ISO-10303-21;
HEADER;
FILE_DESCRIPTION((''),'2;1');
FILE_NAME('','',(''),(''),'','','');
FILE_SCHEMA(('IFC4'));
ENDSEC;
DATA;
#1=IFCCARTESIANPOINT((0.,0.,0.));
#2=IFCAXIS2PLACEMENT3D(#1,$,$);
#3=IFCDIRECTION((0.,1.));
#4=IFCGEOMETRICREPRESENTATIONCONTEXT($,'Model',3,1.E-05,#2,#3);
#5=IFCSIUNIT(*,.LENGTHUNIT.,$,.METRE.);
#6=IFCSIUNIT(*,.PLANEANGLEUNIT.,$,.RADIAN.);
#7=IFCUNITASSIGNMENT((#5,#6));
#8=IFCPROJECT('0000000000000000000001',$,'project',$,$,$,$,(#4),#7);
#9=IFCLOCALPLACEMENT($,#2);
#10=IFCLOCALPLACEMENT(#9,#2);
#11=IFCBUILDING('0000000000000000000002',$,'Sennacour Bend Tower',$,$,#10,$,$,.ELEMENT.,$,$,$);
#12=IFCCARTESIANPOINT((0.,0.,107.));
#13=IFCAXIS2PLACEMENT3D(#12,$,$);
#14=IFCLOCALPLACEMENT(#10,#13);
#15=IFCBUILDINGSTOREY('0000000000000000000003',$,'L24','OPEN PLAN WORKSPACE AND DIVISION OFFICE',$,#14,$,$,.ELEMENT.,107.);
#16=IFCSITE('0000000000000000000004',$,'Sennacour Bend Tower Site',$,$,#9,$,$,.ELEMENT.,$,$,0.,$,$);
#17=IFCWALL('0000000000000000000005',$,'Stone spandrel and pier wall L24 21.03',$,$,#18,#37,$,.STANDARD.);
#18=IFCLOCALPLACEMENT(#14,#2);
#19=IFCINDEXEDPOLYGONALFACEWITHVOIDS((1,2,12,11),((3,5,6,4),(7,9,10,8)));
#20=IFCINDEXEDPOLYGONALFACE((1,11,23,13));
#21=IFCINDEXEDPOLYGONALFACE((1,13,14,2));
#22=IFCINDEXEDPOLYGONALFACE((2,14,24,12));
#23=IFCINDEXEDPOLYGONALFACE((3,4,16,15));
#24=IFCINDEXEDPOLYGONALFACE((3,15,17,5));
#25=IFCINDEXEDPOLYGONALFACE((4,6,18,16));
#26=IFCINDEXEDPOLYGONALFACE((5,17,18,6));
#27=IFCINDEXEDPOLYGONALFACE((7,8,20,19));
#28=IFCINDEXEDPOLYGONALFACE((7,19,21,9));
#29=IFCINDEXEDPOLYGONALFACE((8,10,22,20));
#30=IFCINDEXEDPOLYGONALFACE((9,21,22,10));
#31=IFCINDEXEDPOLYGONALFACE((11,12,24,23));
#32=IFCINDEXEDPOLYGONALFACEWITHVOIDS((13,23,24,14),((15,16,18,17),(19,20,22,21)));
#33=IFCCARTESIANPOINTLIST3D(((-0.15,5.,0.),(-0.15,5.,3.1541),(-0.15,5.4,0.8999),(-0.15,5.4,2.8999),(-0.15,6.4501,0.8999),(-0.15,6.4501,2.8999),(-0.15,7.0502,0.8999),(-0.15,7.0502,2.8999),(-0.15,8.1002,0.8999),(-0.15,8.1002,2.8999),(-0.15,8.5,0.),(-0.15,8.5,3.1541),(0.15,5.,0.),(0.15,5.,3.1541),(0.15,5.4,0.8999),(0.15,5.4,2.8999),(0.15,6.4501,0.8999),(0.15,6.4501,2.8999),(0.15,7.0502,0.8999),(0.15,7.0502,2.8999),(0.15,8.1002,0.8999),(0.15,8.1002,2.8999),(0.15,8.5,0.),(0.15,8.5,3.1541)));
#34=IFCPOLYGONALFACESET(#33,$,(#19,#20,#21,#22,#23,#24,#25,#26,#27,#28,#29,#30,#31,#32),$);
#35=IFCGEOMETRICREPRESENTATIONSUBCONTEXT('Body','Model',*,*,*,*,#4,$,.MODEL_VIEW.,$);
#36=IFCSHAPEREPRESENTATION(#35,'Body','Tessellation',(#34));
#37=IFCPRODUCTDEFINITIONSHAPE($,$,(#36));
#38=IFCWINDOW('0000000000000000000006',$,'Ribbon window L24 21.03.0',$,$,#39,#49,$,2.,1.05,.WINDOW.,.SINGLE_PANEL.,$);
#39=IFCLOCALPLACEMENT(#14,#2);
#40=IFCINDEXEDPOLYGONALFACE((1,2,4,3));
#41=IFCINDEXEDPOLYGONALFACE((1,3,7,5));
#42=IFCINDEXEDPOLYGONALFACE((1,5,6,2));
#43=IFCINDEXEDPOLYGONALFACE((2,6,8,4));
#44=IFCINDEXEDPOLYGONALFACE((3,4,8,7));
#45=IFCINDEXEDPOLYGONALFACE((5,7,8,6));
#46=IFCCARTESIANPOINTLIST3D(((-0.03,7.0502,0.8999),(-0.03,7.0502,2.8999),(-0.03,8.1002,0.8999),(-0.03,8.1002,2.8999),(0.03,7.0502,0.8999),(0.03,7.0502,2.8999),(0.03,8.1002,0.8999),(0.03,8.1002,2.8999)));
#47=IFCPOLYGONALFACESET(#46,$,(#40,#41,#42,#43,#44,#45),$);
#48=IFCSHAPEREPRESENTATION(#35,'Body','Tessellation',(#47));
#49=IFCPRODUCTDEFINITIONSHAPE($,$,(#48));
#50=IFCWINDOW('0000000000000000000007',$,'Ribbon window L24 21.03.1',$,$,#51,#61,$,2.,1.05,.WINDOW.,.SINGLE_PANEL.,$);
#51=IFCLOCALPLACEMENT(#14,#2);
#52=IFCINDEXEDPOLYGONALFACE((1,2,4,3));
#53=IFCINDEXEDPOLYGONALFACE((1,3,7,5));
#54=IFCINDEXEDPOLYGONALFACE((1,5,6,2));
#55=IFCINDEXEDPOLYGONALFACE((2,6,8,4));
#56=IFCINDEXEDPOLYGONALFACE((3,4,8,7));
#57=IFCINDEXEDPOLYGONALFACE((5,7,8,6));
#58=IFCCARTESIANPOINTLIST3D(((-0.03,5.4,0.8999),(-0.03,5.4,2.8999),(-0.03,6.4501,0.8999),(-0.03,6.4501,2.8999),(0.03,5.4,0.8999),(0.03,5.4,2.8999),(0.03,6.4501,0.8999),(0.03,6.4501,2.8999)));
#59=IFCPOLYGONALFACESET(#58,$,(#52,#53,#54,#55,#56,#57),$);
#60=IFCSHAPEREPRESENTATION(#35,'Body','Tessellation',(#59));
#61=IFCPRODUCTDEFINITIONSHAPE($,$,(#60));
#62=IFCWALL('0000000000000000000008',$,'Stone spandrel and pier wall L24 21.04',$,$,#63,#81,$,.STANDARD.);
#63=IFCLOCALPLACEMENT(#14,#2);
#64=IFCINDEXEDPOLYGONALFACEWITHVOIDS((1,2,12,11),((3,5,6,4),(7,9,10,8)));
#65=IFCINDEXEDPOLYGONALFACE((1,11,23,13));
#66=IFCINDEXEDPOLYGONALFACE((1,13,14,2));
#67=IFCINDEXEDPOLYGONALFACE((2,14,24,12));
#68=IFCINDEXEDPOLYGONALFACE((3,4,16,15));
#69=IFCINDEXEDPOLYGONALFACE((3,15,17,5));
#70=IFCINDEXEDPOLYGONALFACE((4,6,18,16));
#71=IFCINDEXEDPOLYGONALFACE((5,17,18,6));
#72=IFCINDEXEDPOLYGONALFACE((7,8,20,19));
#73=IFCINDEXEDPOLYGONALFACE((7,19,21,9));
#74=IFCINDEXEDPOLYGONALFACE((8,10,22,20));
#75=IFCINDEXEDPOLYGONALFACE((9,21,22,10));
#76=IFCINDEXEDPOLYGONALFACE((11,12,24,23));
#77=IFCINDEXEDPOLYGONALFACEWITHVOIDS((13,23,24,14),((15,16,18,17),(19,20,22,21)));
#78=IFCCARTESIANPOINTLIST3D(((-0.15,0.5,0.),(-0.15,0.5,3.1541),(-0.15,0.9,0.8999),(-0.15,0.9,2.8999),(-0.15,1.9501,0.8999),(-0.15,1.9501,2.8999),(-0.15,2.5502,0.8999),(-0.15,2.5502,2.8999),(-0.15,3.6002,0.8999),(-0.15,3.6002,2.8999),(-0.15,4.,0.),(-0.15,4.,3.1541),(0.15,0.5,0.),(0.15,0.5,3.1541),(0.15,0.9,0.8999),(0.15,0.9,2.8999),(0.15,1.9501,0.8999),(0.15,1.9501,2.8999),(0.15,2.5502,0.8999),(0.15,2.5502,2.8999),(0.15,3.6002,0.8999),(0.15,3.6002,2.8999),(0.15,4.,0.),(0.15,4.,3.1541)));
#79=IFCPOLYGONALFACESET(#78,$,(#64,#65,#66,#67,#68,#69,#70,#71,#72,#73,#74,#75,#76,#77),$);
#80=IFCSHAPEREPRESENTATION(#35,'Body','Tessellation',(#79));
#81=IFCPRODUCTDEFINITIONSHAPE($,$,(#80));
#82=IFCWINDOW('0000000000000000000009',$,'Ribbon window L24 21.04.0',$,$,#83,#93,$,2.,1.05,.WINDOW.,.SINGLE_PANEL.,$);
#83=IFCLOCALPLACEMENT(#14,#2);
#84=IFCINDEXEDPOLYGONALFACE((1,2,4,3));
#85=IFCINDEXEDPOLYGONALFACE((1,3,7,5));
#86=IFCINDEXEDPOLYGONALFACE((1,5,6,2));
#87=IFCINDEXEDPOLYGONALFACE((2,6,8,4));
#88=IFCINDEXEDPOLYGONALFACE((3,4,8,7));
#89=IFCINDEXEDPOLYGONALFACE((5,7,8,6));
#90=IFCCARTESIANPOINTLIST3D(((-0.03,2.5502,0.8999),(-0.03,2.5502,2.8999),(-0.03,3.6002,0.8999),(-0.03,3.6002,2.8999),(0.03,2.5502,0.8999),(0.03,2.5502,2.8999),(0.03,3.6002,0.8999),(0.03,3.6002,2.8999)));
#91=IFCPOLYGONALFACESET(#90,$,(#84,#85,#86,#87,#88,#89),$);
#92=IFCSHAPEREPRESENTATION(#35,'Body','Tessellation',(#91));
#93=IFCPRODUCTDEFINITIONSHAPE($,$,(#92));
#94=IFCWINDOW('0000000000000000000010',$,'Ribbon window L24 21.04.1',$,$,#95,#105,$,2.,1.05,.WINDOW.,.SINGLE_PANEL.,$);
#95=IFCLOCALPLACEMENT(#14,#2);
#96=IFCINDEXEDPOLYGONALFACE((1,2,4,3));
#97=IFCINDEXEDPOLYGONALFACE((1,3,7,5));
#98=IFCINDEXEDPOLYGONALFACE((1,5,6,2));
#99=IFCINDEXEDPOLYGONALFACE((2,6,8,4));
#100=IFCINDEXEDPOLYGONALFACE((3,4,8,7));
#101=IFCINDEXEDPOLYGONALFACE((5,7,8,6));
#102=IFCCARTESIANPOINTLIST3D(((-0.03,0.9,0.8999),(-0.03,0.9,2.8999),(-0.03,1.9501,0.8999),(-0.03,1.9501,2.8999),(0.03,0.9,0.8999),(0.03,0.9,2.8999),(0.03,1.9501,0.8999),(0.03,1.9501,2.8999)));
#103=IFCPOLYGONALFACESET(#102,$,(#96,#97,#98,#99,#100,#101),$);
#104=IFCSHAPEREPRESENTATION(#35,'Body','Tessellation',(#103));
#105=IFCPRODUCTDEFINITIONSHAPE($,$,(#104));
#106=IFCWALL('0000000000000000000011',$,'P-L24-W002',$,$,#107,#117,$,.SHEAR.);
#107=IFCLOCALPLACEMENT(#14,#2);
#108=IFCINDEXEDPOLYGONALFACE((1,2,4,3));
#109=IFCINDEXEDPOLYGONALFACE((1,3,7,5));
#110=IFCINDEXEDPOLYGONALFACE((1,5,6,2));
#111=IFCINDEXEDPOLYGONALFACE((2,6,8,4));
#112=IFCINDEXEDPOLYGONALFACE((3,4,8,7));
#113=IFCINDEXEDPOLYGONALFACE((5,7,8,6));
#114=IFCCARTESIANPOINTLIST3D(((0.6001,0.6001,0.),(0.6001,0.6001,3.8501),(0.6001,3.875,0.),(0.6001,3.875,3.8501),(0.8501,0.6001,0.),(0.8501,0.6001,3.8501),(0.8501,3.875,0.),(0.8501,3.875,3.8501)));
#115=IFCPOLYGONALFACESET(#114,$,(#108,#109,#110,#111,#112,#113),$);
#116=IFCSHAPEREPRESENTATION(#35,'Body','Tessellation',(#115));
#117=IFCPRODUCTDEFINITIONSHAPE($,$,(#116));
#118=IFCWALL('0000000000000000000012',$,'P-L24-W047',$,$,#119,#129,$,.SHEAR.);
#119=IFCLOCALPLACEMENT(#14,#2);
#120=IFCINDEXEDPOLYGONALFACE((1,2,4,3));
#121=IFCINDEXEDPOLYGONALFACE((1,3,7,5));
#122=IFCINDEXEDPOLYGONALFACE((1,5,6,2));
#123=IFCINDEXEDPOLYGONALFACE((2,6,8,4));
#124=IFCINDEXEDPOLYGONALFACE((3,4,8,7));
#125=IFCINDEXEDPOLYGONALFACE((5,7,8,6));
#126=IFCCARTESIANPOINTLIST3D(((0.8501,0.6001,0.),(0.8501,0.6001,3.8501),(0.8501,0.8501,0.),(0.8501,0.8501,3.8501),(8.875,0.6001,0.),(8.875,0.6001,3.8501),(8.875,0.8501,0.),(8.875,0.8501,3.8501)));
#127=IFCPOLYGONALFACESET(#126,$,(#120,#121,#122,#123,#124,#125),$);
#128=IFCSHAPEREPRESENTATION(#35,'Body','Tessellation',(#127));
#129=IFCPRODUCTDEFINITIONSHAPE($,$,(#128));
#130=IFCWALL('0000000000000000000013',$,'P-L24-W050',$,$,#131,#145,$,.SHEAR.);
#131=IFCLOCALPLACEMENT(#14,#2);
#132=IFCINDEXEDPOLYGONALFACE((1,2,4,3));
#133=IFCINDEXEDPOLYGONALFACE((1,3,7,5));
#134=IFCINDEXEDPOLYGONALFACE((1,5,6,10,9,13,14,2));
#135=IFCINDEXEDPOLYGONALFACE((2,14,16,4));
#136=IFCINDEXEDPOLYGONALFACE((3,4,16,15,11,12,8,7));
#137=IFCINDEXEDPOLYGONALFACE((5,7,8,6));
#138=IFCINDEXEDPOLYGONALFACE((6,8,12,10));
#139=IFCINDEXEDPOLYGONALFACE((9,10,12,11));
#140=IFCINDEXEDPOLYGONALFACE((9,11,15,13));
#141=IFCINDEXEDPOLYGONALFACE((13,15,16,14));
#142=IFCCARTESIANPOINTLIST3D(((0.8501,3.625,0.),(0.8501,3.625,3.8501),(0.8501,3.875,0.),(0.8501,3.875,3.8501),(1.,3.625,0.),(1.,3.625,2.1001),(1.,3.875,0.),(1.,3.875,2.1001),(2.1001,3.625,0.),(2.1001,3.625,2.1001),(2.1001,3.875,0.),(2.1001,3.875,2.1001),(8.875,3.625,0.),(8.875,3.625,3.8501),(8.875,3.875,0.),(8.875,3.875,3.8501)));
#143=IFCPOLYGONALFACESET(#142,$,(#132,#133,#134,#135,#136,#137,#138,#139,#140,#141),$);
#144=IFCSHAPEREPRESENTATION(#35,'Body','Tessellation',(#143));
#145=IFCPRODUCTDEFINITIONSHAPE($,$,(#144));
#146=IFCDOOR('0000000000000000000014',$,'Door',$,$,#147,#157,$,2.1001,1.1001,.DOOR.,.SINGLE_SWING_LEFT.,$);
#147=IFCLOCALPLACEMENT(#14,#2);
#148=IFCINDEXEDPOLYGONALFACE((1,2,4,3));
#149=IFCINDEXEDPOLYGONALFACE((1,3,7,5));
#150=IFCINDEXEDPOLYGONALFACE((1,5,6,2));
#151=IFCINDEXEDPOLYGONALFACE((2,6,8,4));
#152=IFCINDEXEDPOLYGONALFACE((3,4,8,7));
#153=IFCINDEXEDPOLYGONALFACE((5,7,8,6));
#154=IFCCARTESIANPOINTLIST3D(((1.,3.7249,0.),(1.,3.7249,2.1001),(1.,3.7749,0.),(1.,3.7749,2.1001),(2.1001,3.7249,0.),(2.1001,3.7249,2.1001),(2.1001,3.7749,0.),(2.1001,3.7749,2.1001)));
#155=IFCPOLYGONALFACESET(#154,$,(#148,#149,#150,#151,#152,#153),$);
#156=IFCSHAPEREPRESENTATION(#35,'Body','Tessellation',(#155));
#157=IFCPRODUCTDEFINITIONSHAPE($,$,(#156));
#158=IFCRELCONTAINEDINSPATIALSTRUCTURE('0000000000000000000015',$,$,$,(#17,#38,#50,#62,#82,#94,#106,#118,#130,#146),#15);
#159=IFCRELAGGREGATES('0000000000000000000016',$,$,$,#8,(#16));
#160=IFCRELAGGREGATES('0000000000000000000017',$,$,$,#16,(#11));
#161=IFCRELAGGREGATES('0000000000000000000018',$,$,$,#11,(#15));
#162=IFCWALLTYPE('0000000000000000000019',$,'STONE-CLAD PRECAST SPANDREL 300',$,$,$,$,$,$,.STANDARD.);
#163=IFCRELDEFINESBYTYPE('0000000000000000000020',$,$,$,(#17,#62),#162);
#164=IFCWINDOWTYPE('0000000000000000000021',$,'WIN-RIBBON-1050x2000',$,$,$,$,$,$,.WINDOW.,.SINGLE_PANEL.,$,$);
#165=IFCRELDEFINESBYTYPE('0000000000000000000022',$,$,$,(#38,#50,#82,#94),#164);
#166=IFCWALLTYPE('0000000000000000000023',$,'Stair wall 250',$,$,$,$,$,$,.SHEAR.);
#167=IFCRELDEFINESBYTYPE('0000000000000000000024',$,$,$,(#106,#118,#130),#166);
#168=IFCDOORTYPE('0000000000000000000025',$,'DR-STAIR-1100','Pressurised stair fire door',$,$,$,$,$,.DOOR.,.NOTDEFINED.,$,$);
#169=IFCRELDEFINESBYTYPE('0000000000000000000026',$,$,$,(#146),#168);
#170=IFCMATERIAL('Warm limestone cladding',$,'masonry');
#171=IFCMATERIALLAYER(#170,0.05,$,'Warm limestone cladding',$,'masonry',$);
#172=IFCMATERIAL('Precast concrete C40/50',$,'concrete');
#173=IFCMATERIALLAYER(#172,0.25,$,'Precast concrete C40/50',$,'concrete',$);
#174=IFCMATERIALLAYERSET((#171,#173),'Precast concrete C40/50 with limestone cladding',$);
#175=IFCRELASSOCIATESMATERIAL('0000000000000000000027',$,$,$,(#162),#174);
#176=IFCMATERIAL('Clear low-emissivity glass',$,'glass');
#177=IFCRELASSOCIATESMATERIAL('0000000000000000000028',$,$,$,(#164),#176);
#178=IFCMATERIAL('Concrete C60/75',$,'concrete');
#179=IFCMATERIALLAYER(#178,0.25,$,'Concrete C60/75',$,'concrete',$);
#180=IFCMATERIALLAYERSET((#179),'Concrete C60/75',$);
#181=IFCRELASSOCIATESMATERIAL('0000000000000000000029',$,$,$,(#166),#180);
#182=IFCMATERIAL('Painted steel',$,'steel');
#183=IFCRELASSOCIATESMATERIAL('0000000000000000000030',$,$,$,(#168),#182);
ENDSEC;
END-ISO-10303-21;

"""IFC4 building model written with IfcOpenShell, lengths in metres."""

from ifc_helpers import new_model, si_unit, direction, frame, frame_2d, origin, place, context, subcontext, project, spatial, rectangle, extrude, material, layer, layer_set, type_object, element, fill, save


model = new_model("IFC4")

# Units and contexts
model_context = context("Model", 3, precision=1e-05, world=origin(), true_north=direction((0.0, 1.0)))
body_context = subcontext(model_context, "Body", "Model", "MODEL_VIEW")
ifc_project = project(units=[si_unit("LENGTHUNIT", "METRE"), si_unit("PLANEANGLEUNIT", "RADIAN")], contexts=[model_context])

# Site, building, storey
site_placement = place(None, origin())
site = spatial("IfcSite", under=ifc_project, at=site_placement, Name="Sennacour Bend Tower Site", CompositionType="ELEMENT", RefElevation=0.0)
building_placement = place(site_placement, origin())
building = spatial("IfcBuilding", under=site, at=building_placement, Name="Sennacour Bend Tower", CompositionType="ELEMENT")
storey_placement = place(building_placement, frame((0.0, 0.0, 107.0)))
storey = spatial("IfcBuildingStorey", under=building, at=storey_placement, Name="L24", Description="OPEN PLAN WORKSPACE AND DIVISION OFFICE", CompositionType="ELEMENT", Elevation=107.0)

# Shared definitions
ifc_material_1 = material(Name="Painted steel", Category="steel")

# Walls, openings, windows
ifc_material_2 = material(Name="Warm limestone cladding", Category="masonry")
ifc_layer_1 = layer(ifc_material_2, 0.05, Name="Warm limestone cladding", Category="masonry")
ifc_material_3 = material(Name="Precast concrete C40/50", Category="concrete")
ifc_layer_2 = layer(ifc_material_3, 0.25, Name="Precast concrete C40/50", Category="concrete")
ifc_layer_set_1 = layer_set([ifc_layer_1, ifc_layer_2], Name="Precast concrete C40/50 with limestone cladding")
wall_type_1 = type_object("IfcWallType", Name="STONE-CLAD PRECAST SPANDREL 300", PredefinedType="STANDARD", material=ifc_layer_set_1)
ifc_material_4 = material(Name="Clear low-emissivity glass", Category="glass")
window_type = type_object("IfcWindowType", Name="WIN-RIBBON-1050x2000", PartitioningType="SINGLE_PANEL", PredefinedType="WINDOW", material=ifc_material_4)
wall_1_placement = place(storey_placement, frame((0.0, 8.5, 0.0), z_axis=(0.0, 0.0, 1.0), x_axis=(0.0, -1.0, 0.0)))
wall_1 = element("IfcWall", 1, at=wall_1_placement, inside=storey, type_object=wall_type_1, Name="Stone spandrel and pier wall L24 21.03", PredefinedType="STANDARD", context=body_context, shape_type="SweptSolid", body=[
    extrude(rectangle(XDim=3.5, YDim=0.3, at=frame_2d((1.75, 0.0))), origin(), (0.0, 0.0, 1.0), 3.1541),
])
opening_1_placement = place(wall_1_placement, frame((0.3999, 0.0, 0.8999)))
opening_1 = element("IfcOpeningElement", 2, at=opening_1_placement, cuts=wall_1, PredefinedType="OPENING", context=body_context, shape_type="SweptSolid", body=[
    extrude(rectangle(XDim=1.05, YDim=2.0, at=frame_2d((0.5249, 1.0))), frame((0.0, 0.1602, 0.0), z_axis=(0.0, -1.0, 0.0), x_axis=(1.0, 0.0, 0.0)), (0.0, 0.0, 1.0), 0.3201),
])
opening_2_placement = place(wall_1_placement, frame((2.05, 0.0, 0.8999)))
opening_2 = element("IfcOpeningElement", 3, at=opening_2_placement, cuts=wall_1, PredefinedType="OPENING", context=body_context, shape_type="SweptSolid", body=[
    extrude(rectangle(XDim=1.05, YDim=2.0, at=frame_2d((0.5249, 1.0))), frame((0.0, 0.1602, 0.0), z_axis=(0.0, -1.0, 0.0), x_axis=(1.0, 0.0, 0.0)), (0.0, 0.0, 1.0), 0.3201),
])
window_1_placement = place(opening_1_placement, origin())
window_1 = element("IfcWindow", 4, at=window_1_placement, inside=storey, type_object=window_type, Name="Ribbon window L24 21.03.0", OverallHeight=2.0, OverallWidth=1.05, PartitioningType="SINGLE_PANEL", PredefinedType="WINDOW", context=body_context, shape_type="SweptSolid", body=[
    extrude(rectangle(XDim=1.05, YDim=2.0, at=frame_2d((0.5249, 1.0))), frame((0.0, 0.03, 0.0), z_axis=(0.0, -1.0, 0.0), x_axis=(1.0, 0.0, 0.0)), (0.0, 0.0, 1.0), 0.0601),
])
fill(opening_1, window_1)
window_2_placement = place(opening_2_placement, origin())
window_2 = element("IfcWindow", 5, at=window_2_placement, inside=storey, type_object=window_type, Name="Ribbon window L24 21.03.1", OverallHeight=2.0, OverallWidth=1.05, PartitioningType="SINGLE_PANEL", PredefinedType="WINDOW", context=body_context, shape_type="SweptSolid", body=[
    extrude(rectangle(XDim=1.05, YDim=2.0, at=frame_2d((0.5249, 1.0))), frame((0.0, 0.03, 0.0), z_axis=(0.0, -1.0, 0.0), x_axis=(1.0, 0.0, 0.0)), (0.0, 0.0, 1.0), 0.0601),
])
fill(opening_2, window_2)
wall_2_placement = place(storey_placement, frame((0.0, 4.0, 0.0), z_axis=(0.0, 0.0, 1.0), x_axis=(0.0, -1.0, 0.0)))
wall_2 = element("IfcWall", 6, at=wall_2_placement, inside=storey, type_object=wall_type_1, Name="Stone spandrel and pier wall L24 21.04", PredefinedType="STANDARD", context=body_context, shape_type="SweptSolid", body=[
    extrude(rectangle(XDim=3.5, YDim=0.3, at=frame_2d((1.75, 0.0))), origin(), (0.0, 0.0, 1.0), 3.1541),
])
opening_3_placement = place(wall_2_placement, frame((0.3999, 0.0, 0.8999)))
opening_3 = element("IfcOpeningElement", 7, at=opening_3_placement, cuts=wall_2, PredefinedType="OPENING", context=body_context, shape_type="SweptSolid", body=[
    extrude(rectangle(XDim=1.05, YDim=2.0, at=frame_2d((0.5249, 1.0))), frame((0.0, 0.1602, 0.0), z_axis=(0.0, -1.0, 0.0), x_axis=(1.0, 0.0, 0.0)), (0.0, 0.0, 1.0), 0.3201),
])
opening_4_placement = place(wall_2_placement, frame((2.05, 0.0, 0.8999)))
opening_4 = element("IfcOpeningElement", 8, at=opening_4_placement, cuts=wall_2, PredefinedType="OPENING", context=body_context, shape_type="SweptSolid", body=[
    extrude(rectangle(XDim=1.05, YDim=2.0, at=frame_2d((0.5249, 1.0))), frame((0.0, 0.1602, 0.0), z_axis=(0.0, -1.0, 0.0), x_axis=(1.0, 0.0, 0.0)), (0.0, 0.0, 1.0), 0.3201),
])
window_3_placement = place(opening_3_placement, origin())
window_3 = element("IfcWindow", 9, at=window_3_placement, inside=storey, type_object=window_type, Name="Ribbon window L24 21.04.0", OverallHeight=2.0, OverallWidth=1.05, PartitioningType="SINGLE_PANEL", PredefinedType="WINDOW", context=body_context, shape_type="SweptSolid", body=[
    extrude(rectangle(XDim=1.05, YDim=2.0, at=frame_2d((0.5249, 1.0))), frame((0.0, 0.03, 0.0), z_axis=(0.0, -1.0, 0.0), x_axis=(1.0, 0.0, 0.0)), (0.0, 0.0, 1.0), 0.0601),
])
fill(opening_3, window_3)
window_4_placement = place(opening_4_placement, origin())
window_4 = element("IfcWindow", 10, at=window_4_placement, inside=storey, type_object=window_type, Name="Ribbon window L24 21.04.1", OverallHeight=2.0, OverallWidth=1.05, PartitioningType="SINGLE_PANEL", PredefinedType="WINDOW", context=body_context, shape_type="SweptSolid", body=[
    extrude(rectangle(XDim=1.05, YDim=2.0, at=frame_2d((0.5249, 1.0))), frame((0.0, 0.03, 0.0), z_axis=(0.0, -1.0, 0.0), x_axis=(1.0, 0.0, 0.0)), (0.0, 0.0, 1.0), 0.0601),
])
fill(opening_4, window_4)

# Walls
ifc_material_5 = material(Name="Concrete C60/75", Category="concrete")
ifc_layer_3 = layer(ifc_material_5, 0.25, Name="Concrete C60/75", Category="concrete")
ifc_layer_set_2 = layer_set([ifc_layer_3], Name="Concrete C60/75")
wall_type_2 = type_object("IfcWallType", Name="Stair wall 250", PredefinedType="SHEAR", material=ifc_layer_set_2)
wall_3_placement = place(storey_placement, frame((0.7251, 0.6001, 0.0), z_axis=(0.0, 0.0, 1.0), x_axis=(0.0, 1.0, 0.0)))
element("IfcWall", 11, at=wall_3_placement, inside=storey, type_object=wall_type_2, Name="P-L24-W002", PredefinedType="SHEAR", context=body_context, shape_type="SweptSolid", body=[
    extrude(rectangle(XDim=3.2749, YDim=0.25, at=frame_2d((1.6375, 0.0))), origin(), (0.0, 0.0, 1.0), 3.8501),
])
wall_4_placement = place(storey_placement, frame((0.8501, 0.7251, 0.0), z_axis=(0.0, 0.0, 1.0), x_axis=(1.0, 0.0, 0.0)))
element("IfcWall", 12, at=wall_4_placement, inside=storey, type_object=wall_type_2, Name="P-L24-W047", PredefinedType="SHEAR", context=body_context, shape_type="SweptSolid", body=[
    extrude(rectangle(XDim=8.0249, YDim=0.25, at=frame_2d((4.0125, 0.0))), origin(), (0.0, 0.0, 1.0), 3.8501),
])

# Wall, opening, door
wall_5_placement = place(storey_placement, frame((0.8501, 3.75, 0.0), z_axis=(0.0, 0.0, 1.0), x_axis=(1.0, 0.0, 0.0)))
wall_5 = element("IfcWall", 13, at=wall_5_placement, inside=storey, type_object=wall_type_2, Name="P-L24-W050", PredefinedType="SHEAR", context=body_context, shape_type="SweptSolid", body=[
    extrude(rectangle(XDim=8.0249, YDim=0.25, at=frame_2d((4.0125, 0.0))), origin(), (0.0, 0.0, 1.0), 3.8501),
])
opening_5_placement = place(wall_5_placement, frame((0.1499, 0.0, 0.0)))
opening_5 = element("IfcOpeningElement", 14, at=opening_5_placement, cuts=wall_5, PredefinedType="OPENING", context=body_context, shape_type="SweptSolid", body=[
    extrude(rectangle(XDim=1.1001, YDim=2.1001, at=frame_2d((0.55, 1.05))), frame((0.0, 0.135, 0.0), z_axis=(0.0, -1.0, 0.0), x_axis=(1.0, 0.0, 0.0)), (0.0, 0.0, 1.0), 0.27),
])
door_type_1 = type_object("IfcDoorType", Name="DR-STAIR-1100", Description="Pressurised stair fire door", OperationType="NOTDEFINED", PredefinedType="DOOR", material=ifc_material_1)
door_1_placement = place(opening_5_placement, origin())
door_1 = element("IfcDoor", 15, at=door_1_placement, inside=storey, type_object=door_type_1, Name="Door", OperationType="SINGLE_SWING_LEFT", OverallHeight=2.1001, OverallWidth=1.1001, PredefinedType="DOOR", context=body_context, shape_type="SweptSolid", body=[
    extrude(rectangle(XDim=1.1001, YDim=2.1001, at=frame_2d((0.55, 1.05))), frame((0.0, 0.0249, 0.0), z_axis=(0.0, -1.0, 0.0), x_axis=(1.0, 0.0, 0.0)), (0.0, 0.0, 1.0), 0.05),
])
fill(opening_5, door_1)

save(model, "model.ifc")
